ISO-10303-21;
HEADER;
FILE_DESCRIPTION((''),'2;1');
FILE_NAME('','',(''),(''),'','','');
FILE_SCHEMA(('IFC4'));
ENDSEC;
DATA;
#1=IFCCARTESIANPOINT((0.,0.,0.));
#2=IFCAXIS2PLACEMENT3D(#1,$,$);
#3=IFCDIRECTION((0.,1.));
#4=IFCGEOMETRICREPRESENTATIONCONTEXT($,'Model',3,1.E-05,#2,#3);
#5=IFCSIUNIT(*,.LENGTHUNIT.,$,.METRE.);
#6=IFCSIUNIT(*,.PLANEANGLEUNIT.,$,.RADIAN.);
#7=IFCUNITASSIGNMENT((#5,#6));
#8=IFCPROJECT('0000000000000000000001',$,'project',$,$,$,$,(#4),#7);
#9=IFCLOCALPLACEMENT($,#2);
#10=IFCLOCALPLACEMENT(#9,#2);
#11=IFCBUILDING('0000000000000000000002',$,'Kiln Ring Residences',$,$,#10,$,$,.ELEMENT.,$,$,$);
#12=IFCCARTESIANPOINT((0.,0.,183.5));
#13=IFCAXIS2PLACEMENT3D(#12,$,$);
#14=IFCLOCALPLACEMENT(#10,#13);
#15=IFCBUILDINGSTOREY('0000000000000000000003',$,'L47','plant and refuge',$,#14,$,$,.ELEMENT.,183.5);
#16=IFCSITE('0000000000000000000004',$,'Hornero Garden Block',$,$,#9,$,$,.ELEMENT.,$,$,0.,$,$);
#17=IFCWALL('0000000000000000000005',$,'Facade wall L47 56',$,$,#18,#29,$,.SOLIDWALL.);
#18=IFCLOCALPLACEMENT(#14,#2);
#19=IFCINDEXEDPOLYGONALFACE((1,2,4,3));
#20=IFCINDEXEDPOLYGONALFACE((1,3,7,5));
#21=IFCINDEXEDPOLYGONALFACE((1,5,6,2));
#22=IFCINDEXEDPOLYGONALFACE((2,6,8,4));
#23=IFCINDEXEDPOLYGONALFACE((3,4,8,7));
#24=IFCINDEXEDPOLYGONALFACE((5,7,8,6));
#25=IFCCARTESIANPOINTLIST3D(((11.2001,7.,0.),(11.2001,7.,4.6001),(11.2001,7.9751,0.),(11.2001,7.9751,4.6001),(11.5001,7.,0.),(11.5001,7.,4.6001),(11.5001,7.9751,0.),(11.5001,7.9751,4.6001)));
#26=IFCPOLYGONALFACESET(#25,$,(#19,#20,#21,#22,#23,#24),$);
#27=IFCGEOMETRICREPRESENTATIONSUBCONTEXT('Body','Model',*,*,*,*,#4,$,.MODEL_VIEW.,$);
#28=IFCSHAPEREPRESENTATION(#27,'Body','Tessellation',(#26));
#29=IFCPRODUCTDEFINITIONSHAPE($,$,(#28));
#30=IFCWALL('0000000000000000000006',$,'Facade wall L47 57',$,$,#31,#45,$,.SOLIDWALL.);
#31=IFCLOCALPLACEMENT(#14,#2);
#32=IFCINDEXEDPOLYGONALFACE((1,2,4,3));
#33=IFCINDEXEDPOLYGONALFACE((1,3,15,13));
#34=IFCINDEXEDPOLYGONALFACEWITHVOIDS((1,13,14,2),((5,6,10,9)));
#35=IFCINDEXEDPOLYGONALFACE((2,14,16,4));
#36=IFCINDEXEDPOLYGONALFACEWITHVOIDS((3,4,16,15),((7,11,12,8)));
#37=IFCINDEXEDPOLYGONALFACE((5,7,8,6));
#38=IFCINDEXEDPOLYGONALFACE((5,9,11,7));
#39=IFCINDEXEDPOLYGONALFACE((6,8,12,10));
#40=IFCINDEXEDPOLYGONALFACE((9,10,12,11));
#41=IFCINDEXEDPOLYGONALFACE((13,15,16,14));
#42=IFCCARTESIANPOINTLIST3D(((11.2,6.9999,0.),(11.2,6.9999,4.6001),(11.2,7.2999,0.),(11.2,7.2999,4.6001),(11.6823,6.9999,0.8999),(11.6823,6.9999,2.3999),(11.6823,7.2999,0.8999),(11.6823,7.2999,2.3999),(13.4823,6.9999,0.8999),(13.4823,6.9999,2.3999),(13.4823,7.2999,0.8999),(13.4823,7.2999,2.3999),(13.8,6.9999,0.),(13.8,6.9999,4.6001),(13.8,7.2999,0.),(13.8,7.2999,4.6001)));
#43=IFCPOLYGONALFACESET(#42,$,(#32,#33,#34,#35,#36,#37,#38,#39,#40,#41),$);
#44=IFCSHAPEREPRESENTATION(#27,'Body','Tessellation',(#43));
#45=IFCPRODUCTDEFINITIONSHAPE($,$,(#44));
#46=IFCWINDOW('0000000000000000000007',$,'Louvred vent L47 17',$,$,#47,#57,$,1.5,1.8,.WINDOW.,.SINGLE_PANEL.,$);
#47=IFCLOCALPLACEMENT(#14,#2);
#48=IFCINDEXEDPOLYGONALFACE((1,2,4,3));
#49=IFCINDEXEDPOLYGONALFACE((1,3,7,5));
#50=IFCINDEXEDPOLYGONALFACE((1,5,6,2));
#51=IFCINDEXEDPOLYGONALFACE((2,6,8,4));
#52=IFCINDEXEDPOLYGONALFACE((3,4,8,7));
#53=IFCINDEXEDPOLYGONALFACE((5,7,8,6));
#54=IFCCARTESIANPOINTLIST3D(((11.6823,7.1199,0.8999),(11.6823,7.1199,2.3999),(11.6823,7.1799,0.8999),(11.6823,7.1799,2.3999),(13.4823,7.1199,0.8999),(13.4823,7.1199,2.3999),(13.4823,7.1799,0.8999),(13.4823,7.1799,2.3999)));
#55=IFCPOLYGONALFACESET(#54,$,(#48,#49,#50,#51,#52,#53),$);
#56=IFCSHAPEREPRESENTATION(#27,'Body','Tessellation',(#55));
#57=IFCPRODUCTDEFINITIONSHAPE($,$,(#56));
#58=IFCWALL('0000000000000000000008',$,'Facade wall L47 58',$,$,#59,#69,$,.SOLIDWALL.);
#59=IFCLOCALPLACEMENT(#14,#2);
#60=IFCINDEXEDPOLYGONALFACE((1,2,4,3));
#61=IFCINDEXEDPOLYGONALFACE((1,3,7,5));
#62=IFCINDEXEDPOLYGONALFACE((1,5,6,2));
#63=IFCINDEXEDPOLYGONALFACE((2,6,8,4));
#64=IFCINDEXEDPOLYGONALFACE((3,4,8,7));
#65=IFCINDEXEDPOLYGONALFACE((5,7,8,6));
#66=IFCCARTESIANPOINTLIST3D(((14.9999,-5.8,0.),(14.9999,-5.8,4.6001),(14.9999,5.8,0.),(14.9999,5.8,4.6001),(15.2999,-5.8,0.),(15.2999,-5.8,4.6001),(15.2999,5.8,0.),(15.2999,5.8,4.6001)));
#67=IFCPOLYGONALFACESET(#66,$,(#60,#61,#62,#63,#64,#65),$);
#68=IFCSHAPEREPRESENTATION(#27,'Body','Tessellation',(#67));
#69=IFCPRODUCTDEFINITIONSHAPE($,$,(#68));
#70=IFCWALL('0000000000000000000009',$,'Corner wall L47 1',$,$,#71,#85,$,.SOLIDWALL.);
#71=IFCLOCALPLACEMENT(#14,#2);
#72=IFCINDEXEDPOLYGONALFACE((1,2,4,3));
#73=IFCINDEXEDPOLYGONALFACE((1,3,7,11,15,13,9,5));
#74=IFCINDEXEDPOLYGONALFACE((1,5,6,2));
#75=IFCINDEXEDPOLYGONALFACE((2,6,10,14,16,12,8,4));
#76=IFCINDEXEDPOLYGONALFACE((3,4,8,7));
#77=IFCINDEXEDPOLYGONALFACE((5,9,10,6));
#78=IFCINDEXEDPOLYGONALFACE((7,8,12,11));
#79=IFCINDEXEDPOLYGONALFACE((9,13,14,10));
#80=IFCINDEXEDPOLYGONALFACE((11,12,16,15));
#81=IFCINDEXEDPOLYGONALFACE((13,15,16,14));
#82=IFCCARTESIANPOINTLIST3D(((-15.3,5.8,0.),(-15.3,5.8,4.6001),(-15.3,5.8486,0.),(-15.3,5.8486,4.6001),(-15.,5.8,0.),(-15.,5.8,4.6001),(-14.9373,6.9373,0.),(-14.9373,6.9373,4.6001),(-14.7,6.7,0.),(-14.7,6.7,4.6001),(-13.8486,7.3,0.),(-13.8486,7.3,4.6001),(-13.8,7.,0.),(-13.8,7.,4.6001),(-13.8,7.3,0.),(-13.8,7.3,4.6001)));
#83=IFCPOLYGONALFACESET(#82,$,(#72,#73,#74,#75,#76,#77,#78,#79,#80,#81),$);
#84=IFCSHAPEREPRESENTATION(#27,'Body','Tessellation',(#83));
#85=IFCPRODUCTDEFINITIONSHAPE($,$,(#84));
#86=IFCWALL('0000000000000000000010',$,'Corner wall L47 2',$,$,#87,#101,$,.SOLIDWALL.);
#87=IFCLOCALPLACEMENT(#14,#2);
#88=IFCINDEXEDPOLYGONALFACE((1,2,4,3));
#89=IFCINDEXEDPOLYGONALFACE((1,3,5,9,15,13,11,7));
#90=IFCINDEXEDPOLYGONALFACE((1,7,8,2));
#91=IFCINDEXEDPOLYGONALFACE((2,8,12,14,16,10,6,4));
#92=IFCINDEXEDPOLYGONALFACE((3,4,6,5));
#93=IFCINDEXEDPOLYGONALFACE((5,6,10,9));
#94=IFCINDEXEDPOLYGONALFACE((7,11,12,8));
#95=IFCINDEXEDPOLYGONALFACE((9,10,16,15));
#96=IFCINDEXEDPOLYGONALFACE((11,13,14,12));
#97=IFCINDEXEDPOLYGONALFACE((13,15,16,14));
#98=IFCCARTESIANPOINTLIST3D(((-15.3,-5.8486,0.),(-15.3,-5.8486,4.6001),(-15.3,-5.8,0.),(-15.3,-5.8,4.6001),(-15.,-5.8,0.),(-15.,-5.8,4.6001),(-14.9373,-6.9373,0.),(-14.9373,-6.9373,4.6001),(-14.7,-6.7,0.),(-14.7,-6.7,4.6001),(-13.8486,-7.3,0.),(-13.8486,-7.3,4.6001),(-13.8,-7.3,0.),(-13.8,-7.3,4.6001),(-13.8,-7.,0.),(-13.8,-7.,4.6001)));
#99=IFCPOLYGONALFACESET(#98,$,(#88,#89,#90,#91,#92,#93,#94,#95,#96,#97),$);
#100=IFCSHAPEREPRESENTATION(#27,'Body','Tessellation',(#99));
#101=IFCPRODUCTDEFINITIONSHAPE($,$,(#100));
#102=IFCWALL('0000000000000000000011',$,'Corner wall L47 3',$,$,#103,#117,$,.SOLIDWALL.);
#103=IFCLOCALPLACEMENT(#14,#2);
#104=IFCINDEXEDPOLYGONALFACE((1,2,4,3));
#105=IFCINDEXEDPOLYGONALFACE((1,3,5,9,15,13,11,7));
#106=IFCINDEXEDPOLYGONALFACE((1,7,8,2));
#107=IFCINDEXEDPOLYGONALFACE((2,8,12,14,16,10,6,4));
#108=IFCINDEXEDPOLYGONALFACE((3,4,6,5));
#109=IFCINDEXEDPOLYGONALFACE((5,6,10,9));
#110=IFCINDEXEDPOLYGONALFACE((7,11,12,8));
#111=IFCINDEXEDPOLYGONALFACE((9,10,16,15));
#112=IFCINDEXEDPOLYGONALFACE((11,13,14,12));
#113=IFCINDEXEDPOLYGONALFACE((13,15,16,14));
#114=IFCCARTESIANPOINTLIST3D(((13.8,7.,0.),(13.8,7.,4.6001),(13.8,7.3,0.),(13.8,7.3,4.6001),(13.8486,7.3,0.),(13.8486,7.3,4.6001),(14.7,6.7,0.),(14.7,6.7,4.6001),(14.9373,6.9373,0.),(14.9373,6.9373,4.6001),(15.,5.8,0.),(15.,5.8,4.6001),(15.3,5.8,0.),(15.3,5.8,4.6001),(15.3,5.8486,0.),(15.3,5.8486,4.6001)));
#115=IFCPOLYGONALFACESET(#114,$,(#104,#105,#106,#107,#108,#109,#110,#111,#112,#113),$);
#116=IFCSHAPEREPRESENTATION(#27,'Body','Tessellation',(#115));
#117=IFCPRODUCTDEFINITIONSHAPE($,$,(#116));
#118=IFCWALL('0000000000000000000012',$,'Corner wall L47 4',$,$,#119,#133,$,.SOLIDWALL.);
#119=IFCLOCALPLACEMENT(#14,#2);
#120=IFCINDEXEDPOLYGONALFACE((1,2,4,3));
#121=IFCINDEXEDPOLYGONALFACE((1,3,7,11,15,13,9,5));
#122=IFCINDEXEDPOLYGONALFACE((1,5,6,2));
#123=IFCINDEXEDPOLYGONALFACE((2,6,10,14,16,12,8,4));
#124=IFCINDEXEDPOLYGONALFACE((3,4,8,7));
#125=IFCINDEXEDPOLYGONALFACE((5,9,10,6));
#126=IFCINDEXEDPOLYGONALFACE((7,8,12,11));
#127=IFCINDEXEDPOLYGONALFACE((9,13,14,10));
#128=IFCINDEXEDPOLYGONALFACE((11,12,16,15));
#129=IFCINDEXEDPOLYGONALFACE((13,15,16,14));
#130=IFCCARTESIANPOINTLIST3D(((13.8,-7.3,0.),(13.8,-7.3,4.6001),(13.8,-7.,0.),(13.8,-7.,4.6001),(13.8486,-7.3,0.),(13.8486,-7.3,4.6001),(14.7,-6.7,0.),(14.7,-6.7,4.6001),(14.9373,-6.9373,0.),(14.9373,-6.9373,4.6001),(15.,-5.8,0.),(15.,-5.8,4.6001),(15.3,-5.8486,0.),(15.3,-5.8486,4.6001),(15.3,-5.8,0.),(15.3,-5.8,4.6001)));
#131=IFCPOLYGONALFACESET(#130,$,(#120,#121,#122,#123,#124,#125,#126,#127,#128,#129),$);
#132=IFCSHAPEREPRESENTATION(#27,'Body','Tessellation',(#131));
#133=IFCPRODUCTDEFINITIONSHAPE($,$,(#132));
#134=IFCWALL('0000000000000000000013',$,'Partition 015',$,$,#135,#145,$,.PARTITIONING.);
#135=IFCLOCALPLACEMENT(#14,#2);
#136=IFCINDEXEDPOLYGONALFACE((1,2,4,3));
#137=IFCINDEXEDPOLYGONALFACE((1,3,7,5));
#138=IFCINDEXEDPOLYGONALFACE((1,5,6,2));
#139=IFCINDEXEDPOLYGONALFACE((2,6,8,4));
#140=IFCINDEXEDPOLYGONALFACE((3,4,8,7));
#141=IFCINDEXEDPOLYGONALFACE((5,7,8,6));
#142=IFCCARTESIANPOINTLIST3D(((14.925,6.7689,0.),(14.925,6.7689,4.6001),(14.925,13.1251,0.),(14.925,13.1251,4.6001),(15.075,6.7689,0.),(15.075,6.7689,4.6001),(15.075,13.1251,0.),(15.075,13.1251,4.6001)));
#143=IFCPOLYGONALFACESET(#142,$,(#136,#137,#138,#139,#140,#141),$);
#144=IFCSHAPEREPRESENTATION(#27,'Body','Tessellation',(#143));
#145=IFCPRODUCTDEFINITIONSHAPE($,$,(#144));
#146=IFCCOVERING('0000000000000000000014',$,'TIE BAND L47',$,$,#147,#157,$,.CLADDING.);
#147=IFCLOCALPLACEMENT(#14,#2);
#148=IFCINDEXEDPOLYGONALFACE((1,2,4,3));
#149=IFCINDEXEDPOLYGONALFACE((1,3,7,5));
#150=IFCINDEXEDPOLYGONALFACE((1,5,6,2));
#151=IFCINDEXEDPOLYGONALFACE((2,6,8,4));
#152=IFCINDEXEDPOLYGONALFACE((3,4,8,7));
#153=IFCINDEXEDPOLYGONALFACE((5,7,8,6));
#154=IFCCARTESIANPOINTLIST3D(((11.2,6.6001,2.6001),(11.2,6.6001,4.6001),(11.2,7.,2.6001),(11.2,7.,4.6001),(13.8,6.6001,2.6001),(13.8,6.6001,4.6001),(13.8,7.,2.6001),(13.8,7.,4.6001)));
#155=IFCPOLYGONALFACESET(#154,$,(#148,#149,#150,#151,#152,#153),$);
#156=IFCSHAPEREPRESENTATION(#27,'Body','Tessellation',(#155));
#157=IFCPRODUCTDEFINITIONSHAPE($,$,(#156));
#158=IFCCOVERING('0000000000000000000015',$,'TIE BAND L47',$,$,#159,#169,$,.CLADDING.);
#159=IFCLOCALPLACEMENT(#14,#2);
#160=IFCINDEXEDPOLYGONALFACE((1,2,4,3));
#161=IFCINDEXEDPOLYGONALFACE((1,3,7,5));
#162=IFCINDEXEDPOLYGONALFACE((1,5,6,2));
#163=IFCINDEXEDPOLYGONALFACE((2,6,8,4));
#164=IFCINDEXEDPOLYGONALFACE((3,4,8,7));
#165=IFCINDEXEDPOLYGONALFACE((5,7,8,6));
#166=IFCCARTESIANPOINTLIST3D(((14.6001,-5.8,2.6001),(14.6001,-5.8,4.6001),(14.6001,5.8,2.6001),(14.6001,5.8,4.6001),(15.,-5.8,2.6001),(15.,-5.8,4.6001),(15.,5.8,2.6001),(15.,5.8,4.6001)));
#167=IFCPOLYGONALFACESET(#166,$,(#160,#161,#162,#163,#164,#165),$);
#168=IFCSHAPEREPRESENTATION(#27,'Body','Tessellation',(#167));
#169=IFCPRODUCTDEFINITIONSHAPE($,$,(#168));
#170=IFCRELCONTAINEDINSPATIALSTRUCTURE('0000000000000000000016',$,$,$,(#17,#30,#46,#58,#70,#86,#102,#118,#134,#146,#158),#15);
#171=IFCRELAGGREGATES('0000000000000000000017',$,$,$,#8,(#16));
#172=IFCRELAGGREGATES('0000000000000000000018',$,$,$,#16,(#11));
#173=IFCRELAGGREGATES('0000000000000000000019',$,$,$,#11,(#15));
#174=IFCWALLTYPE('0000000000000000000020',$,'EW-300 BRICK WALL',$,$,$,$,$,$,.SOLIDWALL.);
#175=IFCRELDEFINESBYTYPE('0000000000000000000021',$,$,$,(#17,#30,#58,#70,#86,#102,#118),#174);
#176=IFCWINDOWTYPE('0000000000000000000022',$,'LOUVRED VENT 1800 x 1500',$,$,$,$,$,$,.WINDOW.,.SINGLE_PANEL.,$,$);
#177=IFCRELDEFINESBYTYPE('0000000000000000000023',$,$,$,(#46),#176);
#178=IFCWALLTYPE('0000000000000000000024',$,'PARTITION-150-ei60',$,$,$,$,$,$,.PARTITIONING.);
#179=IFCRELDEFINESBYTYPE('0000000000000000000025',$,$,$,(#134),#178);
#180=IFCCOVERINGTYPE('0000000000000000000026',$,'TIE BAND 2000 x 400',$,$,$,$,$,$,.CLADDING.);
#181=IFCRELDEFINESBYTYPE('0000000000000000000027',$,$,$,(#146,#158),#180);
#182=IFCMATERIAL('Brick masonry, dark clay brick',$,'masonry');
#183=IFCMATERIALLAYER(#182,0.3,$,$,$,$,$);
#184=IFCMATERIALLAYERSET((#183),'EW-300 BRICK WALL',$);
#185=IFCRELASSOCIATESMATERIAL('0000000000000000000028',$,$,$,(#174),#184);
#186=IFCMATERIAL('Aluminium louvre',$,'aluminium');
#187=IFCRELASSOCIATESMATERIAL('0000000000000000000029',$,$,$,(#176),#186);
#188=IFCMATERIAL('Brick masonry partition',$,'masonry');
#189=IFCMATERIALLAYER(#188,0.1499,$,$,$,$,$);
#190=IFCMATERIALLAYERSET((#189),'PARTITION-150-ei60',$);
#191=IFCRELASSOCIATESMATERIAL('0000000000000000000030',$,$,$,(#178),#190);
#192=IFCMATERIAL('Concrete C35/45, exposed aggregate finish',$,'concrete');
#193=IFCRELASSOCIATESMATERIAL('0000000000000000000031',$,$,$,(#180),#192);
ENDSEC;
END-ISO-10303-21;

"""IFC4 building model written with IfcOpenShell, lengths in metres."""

from ifc_helpers import new_model, si_unit, direction, frame, frame_2d, origin, origin_2d, place, context, subcontext, project, spatial, polyline, rectangle, outline, extrude, material, layer, layer_set, type_object, element, fill, save


model = new_model("IFC4")

# Units and contexts
model_context = context("Model", 3, precision=1e-05, world=origin(), true_north=direction((0.0, 1.0)))
body_context = subcontext(model_context, "Body", "Model", "MODEL_VIEW")
ifc_project = project(units=[si_unit("LENGTHUNIT", "METRE"), si_unit("PLANEANGLEUNIT", "RADIAN")], contexts=[model_context])

# Site, building, storey
site_placement = place(None, origin())
site = spatial("IfcSite", under=ifc_project, at=site_placement, Name="Hornero Garden Block", CompositionType="ELEMENT", RefElevation=0.0)
building_placement = place(site_placement, origin())
building = spatial("IfcBuilding", under=site, at=building_placement, Name="Kiln Ring Residences", CompositionType="ELEMENT")
storey_placement = place(building_placement, frame((0.0, 0.0, 183.5)))
storey = spatial("IfcBuildingStorey", under=building, at=storey_placement, Name="L47", Description="plant and refuge", CompositionType="ELEMENT", Elevation=183.5)

# Shared definitions
placement_1 = place(storey_placement, origin())

# Wall
ifc_material_1 = material(Name="Brick masonry, dark clay brick", Category="masonry")
ifc_layer_1 = layer(ifc_material_1, 0.3)
ifc_layer_set_1 = layer_set([ifc_layer_1], Name="EW-300 BRICK WALL")
wall_type_1 = type_object("IfcWallType", Name="EW-300 BRICK WALL", PredefinedType="SOLIDWALL", material=ifc_layer_set_1)
wall_1_placement = place(storey_placement, frame((11.3501, 7.9751, 0.0), z_axis=(0.0, 0.0, 1.0), x_axis=(0.0, -1.0, 0.0)))
element("IfcWall", 1, at=wall_1_placement, inside=storey, type_object=wall_type_1, Name="Facade wall L47 56", PredefinedType="SOLIDWALL", context=body_context, shape_type="SweptSolid", body=[
    extrude(rectangle(XDim=0.9751, YDim=0.3, at=frame_2d((0.4875, 0.0))), origin(), (0.0, 0.0, 1.0), 4.6001),
])

# Wall, opening, window
wall_2_placement = place(storey_placement, frame((11.2, 7.1499, 0.0), z_axis=(0.0, 0.0, 1.0), x_axis=(1.0, 0.0, 0.0)))
wall_2 = element("IfcWall", 2, at=wall_2_placement, inside=storey, type_object=wall_type_1, Name="Facade wall L47 57", PredefinedType="SOLIDWALL", context=body_context, shape_type="SweptSolid", body=[
    extrude(rectangle(XDim=2.6001, YDim=0.3, at=frame_2d((1.3, 0.0))), origin(), (0.0, 0.0, 1.0), 4.6001),
])
opening_1_placement = place(wall_2_placement, frame((0.4824, 0.0, 0.8999)))
opening_1 = element("IfcOpeningElement", 3, at=opening_1_placement, cuts=wall_2, PredefinedType="OPENING", context=body_context, shape_type="SweptSolid", body=[
    extrude(rectangle(XDim=1.8, YDim=1.5, at=frame_2d((0.8999, 0.75))), frame((0.0, 0.1599, 0.0), z_axis=(0.0, -1.0, 0.0), x_axis=(1.0, 0.0, 0.0)), (0.0, 0.0, 1.0), 0.3201),
])
ifc_material_2 = material(Name="Aluminium louvre", Category="aluminium")
window_type = type_object("IfcWindowType", Name="LOUVRED VENT 1800 x 1500", PartitioningType="SINGLE_PANEL", PredefinedType="WINDOW", material=ifc_material_2)
window_placement = place(opening_1_placement, origin())
window = element("IfcWindow", 4, at=window_placement, inside=storey, type_object=window_type, Name="Louvred vent L47 17", OverallHeight=1.5, OverallWidth=1.8, PartitioningType="SINGLE_PANEL", PredefinedType="WINDOW", context=body_context, shape_type="SweptSolid", body=[
    extrude(rectangle(XDim=1.8, YDim=1.5, at=frame_2d((0.8999, 0.75))), frame((0.0, 0.03, 0.0), z_axis=(0.0, -1.0, 0.0), x_axis=(1.0, 0.0, 0.0)), (0.0, 0.0, 1.0), 0.0601),
])
fill(opening_1, window)

# Walls
wall_3_placement = place(storey_placement, frame((15.1499, 5.8, 0.0), z_axis=(0.0, 0.0, 1.0), x_axis=(0.0, -1.0, 0.0)))
element("IfcWall", 5, at=wall_3_placement, inside=storey, type_object=wall_type_1, Name="Facade wall L47 58", PredefinedType="SOLIDWALL", context=body_context, shape_type="SweptSolid", body=[
    extrude(rectangle(XDim=11.6001, YDim=0.3, at=frame_2d((5.8, 0.0))), origin(), (0.0, 0.0, 1.0), 4.6001),
])
element("IfcWall", 6, at=placement_1, inside=storey, type_object=wall_type_1, Name="Corner wall L47 1", PredefinedType="SOLIDWALL", context=body_context, shape_type="SweptSolid", body=[
    extrude(outline(polyline([(-15.0, 5.8), (-14.7, 6.7), (-13.8, 7.0), (-13.8, 7.3), (-13.8486, 7.3), (-14.9373, 6.9373), (-15.3, 5.8486), (-15.3, 5.8), (-15.0, 5.8)])), origin(), (0.0, 0.0, 1.0), 4.6001),
])
element("IfcWall", 7, at=placement_1, inside=storey, type_object=wall_type_1, Name="Corner wall L47 2", PredefinedType="SOLIDWALL", context=body_context, shape_type="SweptSolid", body=[
    extrude(outline(polyline([(-13.8, -7.0), (-14.7, -6.7), (-15.0, -5.8), (-15.3, -5.8), (-15.3, -5.8486), (-14.9373, -6.9373), (-13.8486, -7.3), (-13.8, -7.3), (-13.8, -7.0)])), origin(), (0.0, 0.0, 1.0), 4.6001),
])
element("IfcWall", 8, at=placement_1, inside=storey, type_object=wall_type_1, Name="Corner wall L47 3", PredefinedType="SOLIDWALL", context=body_context, shape_type="SweptSolid", body=[
    extrude(outline(polyline([(13.8, 7.0), (14.7, 6.7), (15.0, 5.8), (15.3, 5.8), (15.3, 5.8486), (14.9373, 6.9373), (13.8486, 7.3), (13.8, 7.3), (13.8, 7.0)])), origin(), (0.0, 0.0, 1.0), 4.6001),
])
element("IfcWall", 9, at=placement_1, inside=storey, type_object=wall_type_1, Name="Corner wall L47 4", PredefinedType="SOLIDWALL", context=body_context, shape_type="SweptSolid", body=[
    extrude(outline(polyline([(15.0, -5.8), (14.7, -6.7), (13.8, -7.0), (13.8, -7.3), (13.8486, -7.3), (14.9373, -6.9373), (15.3, -5.8486), (15.3, -5.8), (15.0, -5.8)])), origin(), (0.0, 0.0, 1.0), 4.6001),
])
ifc_material_3 = material(Name="Brick masonry partition", Category="masonry")
ifc_layer_2 = layer(ifc_material_3, 0.1499)
ifc_layer_set_2 = layer_set([ifc_layer_2], Name="PARTITION-150-ei60")
wall_type_2 = type_object("IfcWallType", Name="PARTITION-150-ei60", PredefinedType="PARTITIONING", material=ifc_layer_set_2)
wall_4_placement = place(storey_placement, frame((15.0, 6.7688, 0.0), z_axis=(0.0, 0.0, 1.0), x_axis=(0.0, 1.0, 0.0)))
element("IfcWall", 10, at=wall_4_placement, inside=storey, type_object=wall_type_2, Name="Partition 015", PredefinedType="PARTITIONING", context=body_context, shape_type="SweptSolid", body=[
    extrude(rectangle(XDim=6.3562, YDim=0.1499, at=frame_2d((3.1782, 0.0))), origin(), (0.0, 0.0, 1.0), 4.6001),
])

# Coverings
ifc_material_4 = material(Name="Concrete C35/45, exposed aggregate finish", Category="concrete")
covering_type = type_object("IfcCoveringType", Name="TIE BAND 2000 x 400", PredefinedType="CLADDING", material=ifc_material_4)
covering_1_placement = place(storey_placement, frame((12.5, 6.8, 2.6001), z_axis=(0.0, 0.0, 1.0), x_axis=(1.0, 0.0, 0.0)))
element("IfcCovering", 11, at=covering_1_placement, inside=storey, type_object=covering_type, Name="TIE BAND L47", PredefinedType="CLADDING", context=body_context, shape_type="SweptSolid", body=[
    extrude(rectangle(XDim=2.6001, YDim=0.3999, at=origin_2d()), origin(), (0.0, 0.0, 1.0), 2.0),
])
covering_2_placement = place(storey_placement, frame((14.8, 0.0, 2.6001), z_axis=(0.0, 0.0, 1.0), x_axis=(0.0, -1.0, 0.0)))
element("IfcCovering", 12, at=covering_2_placement, inside=storey, type_object=covering_type, Name="TIE BAND L47", PredefinedType="CLADDING", context=body_context, shape_type="SweptSolid", body=[
    extrude(rectangle(XDim=11.6001, YDim=0.3999, at=origin_2d()), origin(), (0.0, 0.0, 1.0), 2.0),
])

save(model, "model.ifc")
